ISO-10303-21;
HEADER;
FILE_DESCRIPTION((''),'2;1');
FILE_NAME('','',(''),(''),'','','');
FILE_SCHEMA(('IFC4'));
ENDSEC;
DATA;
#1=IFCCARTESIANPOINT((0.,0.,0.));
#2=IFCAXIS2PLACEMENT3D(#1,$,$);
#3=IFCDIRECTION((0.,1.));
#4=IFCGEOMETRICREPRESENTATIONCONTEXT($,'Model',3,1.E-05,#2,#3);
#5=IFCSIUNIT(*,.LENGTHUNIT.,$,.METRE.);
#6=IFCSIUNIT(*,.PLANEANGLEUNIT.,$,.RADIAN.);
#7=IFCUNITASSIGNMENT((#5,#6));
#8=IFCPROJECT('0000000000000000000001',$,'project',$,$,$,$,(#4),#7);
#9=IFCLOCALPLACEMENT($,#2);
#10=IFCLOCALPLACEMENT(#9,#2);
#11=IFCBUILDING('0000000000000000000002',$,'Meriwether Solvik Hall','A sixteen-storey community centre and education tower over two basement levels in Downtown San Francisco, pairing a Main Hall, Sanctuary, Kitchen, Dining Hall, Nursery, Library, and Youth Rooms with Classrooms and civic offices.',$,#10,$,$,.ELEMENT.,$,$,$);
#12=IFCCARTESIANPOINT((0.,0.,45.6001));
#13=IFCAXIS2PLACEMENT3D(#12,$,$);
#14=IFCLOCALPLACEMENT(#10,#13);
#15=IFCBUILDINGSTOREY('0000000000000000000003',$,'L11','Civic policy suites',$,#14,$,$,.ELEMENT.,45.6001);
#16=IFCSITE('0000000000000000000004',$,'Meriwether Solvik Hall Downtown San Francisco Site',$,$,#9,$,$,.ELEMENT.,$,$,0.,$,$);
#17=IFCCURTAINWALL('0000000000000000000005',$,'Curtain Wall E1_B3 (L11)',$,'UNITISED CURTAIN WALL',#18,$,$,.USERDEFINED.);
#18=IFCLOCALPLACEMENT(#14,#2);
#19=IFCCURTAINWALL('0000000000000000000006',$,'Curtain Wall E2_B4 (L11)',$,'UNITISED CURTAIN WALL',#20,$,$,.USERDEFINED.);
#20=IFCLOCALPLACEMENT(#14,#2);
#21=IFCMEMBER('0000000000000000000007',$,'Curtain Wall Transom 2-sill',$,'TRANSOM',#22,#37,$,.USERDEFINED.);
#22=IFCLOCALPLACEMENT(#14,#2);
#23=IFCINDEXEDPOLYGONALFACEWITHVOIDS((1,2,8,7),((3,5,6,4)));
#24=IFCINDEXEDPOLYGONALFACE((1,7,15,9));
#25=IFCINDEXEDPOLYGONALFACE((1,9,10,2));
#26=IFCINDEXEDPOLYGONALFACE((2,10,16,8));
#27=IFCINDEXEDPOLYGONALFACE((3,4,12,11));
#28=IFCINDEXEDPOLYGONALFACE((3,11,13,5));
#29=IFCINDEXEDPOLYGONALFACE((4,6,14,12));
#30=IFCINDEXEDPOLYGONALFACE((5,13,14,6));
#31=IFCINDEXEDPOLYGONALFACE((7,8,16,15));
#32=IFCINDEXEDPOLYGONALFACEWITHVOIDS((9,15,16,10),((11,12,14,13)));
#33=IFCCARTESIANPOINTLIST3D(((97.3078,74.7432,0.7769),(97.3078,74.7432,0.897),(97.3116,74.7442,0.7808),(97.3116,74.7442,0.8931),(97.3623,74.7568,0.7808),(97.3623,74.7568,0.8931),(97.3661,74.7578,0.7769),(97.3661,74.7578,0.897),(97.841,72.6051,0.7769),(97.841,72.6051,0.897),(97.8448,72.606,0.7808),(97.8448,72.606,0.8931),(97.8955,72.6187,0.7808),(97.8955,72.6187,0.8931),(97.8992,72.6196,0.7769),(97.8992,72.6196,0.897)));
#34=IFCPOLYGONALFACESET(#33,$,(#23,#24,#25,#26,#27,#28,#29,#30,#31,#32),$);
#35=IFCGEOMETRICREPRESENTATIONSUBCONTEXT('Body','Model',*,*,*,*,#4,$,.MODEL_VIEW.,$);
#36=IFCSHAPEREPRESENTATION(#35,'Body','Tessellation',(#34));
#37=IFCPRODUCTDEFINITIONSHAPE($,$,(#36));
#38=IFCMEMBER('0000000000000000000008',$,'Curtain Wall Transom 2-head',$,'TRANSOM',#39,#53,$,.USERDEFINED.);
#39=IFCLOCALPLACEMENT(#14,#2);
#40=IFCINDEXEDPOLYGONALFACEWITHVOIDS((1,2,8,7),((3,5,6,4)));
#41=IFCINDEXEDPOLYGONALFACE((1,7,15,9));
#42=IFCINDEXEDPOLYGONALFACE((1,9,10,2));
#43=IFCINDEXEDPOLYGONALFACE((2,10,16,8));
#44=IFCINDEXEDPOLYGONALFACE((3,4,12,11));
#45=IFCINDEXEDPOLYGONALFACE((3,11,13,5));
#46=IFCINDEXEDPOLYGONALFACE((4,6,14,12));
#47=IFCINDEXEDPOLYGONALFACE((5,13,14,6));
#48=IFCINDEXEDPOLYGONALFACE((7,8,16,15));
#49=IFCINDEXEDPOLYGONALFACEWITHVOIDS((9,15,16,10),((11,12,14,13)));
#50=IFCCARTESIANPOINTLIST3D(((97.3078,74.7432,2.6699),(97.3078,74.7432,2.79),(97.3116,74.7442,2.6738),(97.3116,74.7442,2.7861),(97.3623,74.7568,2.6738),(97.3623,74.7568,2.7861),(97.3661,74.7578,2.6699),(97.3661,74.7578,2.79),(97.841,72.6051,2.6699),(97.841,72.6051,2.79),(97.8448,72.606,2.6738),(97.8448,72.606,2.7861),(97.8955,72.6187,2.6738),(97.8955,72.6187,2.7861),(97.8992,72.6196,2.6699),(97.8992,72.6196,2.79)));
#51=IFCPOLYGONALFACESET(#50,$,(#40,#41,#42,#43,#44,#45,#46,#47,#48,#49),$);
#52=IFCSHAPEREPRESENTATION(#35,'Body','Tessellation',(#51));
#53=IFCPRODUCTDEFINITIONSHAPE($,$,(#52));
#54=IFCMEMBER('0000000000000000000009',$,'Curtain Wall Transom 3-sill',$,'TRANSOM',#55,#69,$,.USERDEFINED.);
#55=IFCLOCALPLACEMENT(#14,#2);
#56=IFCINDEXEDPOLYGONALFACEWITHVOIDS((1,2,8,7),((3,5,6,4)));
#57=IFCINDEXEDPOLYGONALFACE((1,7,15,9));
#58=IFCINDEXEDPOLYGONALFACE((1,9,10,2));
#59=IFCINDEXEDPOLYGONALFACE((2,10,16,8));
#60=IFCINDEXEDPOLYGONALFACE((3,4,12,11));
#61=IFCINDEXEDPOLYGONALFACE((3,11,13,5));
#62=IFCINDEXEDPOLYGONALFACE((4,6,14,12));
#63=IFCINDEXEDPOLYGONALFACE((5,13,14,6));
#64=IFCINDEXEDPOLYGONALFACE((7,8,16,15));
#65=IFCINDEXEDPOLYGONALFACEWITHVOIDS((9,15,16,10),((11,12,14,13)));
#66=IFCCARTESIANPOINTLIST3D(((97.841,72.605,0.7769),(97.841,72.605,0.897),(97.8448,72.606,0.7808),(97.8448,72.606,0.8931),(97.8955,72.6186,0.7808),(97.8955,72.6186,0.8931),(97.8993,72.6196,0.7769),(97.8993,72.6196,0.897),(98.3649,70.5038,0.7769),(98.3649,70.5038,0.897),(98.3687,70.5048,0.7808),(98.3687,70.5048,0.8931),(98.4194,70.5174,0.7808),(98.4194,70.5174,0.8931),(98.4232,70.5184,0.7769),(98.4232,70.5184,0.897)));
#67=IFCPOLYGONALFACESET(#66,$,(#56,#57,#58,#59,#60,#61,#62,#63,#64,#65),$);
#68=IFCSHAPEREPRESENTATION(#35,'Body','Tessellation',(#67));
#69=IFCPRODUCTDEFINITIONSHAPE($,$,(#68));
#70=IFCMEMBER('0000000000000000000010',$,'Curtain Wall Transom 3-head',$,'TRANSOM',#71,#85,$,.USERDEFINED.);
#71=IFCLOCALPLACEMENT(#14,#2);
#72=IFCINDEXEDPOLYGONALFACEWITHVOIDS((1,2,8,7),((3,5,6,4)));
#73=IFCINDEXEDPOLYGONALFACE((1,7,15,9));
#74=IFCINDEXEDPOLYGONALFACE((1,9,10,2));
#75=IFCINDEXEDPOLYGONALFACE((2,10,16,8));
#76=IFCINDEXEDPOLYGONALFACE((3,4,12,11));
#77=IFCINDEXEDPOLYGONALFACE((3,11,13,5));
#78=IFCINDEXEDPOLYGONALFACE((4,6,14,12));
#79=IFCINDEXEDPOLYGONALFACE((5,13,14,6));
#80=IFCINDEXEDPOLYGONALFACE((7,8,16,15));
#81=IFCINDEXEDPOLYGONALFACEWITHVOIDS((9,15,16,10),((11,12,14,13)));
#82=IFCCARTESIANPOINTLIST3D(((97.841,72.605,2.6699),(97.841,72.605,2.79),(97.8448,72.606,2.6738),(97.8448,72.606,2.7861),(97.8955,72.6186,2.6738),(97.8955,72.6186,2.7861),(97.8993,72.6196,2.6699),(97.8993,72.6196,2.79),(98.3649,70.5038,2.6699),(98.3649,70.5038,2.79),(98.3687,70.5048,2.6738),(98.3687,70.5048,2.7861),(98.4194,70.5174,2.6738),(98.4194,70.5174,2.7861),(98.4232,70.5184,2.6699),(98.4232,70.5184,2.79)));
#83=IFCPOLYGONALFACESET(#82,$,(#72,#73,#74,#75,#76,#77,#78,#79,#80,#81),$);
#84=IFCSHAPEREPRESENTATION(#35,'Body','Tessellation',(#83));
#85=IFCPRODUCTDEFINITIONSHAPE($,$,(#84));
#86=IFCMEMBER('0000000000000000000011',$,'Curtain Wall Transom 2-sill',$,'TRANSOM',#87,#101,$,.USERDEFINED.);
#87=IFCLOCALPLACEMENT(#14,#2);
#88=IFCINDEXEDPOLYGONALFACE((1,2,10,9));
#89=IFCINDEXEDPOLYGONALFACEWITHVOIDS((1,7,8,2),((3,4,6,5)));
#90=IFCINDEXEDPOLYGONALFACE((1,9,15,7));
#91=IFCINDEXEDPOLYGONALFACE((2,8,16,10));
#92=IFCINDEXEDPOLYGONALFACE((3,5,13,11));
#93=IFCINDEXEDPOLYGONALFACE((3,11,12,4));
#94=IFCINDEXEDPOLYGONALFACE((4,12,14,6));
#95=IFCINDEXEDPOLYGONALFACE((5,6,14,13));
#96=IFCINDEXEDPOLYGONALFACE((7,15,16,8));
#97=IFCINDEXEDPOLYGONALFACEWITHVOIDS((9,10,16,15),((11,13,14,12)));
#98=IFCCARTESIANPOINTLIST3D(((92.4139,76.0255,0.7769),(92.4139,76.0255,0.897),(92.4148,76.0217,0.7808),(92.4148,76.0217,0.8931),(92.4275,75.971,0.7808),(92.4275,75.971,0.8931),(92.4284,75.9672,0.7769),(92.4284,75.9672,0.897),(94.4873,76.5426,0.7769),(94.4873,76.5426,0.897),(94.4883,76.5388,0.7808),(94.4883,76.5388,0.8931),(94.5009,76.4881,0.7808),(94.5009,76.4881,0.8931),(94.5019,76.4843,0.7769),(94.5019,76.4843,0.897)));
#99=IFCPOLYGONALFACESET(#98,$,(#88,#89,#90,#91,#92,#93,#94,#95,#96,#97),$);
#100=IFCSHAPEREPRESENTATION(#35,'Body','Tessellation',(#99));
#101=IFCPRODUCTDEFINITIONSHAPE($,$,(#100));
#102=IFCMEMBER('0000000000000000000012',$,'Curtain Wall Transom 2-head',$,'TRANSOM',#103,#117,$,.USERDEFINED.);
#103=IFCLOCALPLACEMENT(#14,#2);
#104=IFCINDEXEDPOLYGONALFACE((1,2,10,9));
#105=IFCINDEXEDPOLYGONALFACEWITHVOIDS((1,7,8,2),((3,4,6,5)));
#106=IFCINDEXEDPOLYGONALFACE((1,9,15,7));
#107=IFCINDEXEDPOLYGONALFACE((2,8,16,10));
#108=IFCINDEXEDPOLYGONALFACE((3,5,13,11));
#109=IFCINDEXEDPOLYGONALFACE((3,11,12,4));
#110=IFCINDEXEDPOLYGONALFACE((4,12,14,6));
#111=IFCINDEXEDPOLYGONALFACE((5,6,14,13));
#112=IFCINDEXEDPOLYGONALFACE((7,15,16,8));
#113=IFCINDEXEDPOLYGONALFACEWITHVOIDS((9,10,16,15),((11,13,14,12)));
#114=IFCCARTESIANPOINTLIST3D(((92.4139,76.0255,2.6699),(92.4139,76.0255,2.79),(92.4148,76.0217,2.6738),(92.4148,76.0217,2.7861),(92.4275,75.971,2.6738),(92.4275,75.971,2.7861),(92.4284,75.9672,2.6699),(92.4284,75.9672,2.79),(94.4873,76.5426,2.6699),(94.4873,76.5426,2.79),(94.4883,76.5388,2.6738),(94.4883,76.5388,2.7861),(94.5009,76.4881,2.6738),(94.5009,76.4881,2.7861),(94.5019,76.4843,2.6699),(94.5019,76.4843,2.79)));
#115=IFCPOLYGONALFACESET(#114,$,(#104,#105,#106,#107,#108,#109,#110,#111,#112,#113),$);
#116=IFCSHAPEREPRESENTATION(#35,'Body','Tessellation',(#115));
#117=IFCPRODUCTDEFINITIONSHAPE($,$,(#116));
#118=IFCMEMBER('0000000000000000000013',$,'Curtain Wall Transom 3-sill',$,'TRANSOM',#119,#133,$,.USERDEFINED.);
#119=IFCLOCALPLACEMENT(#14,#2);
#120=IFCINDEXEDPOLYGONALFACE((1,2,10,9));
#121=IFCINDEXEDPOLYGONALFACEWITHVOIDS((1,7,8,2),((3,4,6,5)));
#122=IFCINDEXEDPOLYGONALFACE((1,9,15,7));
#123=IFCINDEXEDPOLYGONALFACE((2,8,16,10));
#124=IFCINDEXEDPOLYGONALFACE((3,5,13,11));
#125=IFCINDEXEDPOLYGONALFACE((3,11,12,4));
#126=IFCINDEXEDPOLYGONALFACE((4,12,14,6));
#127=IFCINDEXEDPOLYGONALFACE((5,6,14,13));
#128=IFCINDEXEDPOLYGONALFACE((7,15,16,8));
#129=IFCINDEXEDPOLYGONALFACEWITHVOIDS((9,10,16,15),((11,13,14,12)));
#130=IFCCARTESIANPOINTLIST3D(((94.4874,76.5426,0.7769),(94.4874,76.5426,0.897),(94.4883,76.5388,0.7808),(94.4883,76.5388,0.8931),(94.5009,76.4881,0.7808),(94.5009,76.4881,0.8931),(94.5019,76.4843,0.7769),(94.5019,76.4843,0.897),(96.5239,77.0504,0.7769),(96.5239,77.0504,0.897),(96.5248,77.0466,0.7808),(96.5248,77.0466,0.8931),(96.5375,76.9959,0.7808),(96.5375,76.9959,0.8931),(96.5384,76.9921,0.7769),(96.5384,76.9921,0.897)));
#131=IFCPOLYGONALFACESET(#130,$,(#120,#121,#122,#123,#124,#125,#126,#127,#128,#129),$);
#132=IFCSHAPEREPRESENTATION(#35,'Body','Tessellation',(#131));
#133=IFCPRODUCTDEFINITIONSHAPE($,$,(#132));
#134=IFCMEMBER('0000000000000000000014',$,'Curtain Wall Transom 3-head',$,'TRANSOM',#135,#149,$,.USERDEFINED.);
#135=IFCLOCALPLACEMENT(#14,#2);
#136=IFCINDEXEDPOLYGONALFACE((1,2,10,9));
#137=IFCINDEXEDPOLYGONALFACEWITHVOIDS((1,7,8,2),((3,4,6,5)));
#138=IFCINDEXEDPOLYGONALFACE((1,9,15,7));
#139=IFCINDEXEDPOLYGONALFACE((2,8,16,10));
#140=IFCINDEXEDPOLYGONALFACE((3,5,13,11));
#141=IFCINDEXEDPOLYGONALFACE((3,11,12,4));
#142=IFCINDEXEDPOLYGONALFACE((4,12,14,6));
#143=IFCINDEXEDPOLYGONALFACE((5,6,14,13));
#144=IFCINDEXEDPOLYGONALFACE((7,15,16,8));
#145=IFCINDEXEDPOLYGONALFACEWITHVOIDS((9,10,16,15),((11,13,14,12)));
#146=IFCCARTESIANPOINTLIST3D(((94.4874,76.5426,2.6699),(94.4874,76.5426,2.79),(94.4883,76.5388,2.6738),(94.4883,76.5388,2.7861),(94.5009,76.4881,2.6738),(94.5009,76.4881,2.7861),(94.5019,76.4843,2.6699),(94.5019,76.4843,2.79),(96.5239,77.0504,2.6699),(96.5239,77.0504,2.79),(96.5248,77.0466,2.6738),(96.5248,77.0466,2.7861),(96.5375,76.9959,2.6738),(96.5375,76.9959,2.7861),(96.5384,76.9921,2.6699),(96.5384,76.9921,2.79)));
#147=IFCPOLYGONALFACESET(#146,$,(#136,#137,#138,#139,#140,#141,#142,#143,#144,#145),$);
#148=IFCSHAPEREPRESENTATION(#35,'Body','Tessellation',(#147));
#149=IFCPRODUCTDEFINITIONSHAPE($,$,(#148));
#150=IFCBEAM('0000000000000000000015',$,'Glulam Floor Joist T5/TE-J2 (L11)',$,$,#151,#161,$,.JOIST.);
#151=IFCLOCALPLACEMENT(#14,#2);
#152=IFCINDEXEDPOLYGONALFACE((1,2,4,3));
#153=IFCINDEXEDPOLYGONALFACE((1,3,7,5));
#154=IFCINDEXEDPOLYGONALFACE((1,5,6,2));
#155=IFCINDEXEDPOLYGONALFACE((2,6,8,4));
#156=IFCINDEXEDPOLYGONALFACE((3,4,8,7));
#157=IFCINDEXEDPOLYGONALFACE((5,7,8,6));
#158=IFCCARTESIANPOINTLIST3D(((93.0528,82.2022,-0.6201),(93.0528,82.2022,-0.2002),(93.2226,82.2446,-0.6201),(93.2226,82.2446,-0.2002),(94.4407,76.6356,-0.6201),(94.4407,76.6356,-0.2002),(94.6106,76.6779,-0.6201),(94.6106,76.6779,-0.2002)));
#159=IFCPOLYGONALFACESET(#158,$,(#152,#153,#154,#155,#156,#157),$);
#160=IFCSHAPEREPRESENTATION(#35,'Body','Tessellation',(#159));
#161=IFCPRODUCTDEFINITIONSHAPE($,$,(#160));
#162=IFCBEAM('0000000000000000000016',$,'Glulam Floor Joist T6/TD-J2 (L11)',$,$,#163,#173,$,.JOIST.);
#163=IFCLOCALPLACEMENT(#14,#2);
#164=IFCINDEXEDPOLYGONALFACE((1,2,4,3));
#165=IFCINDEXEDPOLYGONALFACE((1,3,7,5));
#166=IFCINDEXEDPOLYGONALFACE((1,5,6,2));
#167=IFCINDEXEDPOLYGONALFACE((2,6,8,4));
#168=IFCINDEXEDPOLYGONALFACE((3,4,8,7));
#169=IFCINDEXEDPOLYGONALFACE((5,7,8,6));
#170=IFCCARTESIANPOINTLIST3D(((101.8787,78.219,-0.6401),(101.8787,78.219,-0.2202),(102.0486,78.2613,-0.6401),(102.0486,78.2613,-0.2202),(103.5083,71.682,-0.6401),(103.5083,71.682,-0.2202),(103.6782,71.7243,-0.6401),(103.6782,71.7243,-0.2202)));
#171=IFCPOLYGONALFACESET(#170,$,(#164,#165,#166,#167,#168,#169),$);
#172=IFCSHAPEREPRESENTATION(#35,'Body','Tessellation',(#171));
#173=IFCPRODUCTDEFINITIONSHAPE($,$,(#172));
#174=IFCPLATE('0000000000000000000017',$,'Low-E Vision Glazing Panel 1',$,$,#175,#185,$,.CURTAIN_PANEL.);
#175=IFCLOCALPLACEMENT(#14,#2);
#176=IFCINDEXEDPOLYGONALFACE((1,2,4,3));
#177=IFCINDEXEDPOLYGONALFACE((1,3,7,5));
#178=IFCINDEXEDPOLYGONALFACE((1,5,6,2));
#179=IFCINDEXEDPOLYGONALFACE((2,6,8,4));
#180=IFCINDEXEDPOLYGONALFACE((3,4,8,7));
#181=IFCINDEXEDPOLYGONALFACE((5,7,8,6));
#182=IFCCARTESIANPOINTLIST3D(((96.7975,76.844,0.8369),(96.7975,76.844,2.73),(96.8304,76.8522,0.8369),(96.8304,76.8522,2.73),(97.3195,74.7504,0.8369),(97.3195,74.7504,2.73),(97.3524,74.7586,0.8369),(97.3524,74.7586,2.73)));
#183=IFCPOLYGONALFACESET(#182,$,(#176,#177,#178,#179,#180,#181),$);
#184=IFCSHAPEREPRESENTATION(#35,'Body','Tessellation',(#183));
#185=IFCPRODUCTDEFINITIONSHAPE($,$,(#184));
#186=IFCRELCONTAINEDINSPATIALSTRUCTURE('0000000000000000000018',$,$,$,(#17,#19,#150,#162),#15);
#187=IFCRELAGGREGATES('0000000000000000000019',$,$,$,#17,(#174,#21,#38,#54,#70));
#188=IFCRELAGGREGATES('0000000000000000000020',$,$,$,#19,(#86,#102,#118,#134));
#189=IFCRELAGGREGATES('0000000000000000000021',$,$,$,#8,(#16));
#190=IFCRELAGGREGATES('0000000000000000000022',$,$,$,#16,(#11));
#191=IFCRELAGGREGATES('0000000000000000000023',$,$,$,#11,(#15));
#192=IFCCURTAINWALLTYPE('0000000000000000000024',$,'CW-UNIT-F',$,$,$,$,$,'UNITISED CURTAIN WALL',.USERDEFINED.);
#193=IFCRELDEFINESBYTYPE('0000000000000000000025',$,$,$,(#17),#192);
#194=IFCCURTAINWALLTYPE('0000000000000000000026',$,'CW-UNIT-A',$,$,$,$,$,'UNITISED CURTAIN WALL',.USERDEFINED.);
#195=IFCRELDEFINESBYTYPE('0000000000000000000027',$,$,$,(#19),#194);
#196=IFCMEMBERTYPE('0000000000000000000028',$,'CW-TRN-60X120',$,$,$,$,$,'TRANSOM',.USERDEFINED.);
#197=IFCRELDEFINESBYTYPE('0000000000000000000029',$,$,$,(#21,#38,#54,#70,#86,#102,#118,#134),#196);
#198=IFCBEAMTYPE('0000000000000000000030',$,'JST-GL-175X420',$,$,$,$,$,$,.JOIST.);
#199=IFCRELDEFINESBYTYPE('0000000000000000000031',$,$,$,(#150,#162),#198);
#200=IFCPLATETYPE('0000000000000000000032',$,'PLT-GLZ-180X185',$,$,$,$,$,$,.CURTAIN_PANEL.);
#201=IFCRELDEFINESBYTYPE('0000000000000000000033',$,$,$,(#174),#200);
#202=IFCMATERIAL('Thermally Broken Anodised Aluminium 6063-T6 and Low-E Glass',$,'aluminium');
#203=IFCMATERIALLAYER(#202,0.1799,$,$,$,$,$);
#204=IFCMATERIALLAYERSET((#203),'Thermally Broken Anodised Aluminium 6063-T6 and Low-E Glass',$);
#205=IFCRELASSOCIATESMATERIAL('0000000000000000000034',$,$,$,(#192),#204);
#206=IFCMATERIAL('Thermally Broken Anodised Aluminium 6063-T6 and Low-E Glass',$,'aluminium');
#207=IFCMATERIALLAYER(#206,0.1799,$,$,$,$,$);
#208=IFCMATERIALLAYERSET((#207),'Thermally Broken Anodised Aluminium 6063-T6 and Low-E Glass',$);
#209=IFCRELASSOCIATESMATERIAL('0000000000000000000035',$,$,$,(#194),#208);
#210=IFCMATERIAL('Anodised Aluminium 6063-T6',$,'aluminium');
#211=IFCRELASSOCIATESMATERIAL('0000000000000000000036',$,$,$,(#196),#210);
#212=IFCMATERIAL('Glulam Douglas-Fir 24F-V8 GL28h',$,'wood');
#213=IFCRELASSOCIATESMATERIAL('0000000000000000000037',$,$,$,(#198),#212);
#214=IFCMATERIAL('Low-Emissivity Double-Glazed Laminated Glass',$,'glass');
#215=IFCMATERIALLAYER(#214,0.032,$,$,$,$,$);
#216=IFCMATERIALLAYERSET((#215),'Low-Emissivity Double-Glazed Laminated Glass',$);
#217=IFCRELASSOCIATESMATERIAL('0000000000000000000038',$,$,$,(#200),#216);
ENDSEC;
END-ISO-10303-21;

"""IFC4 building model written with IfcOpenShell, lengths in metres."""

from ifc_helpers import new_model, si_unit, direction, frame, origin, origin_2d, place, context, subcontext, project, spatial, rectangle, hollow_rectangle, extrude, material, layer, layer_set, material_profile, profile_set, type_object, element, aggregate, save


model = new_model("IFC4")

# Units and contexts
model_context = context("Model", 3, precision=1e-05, world=origin(), true_north=direction((0.0, 1.0)))
body_context = subcontext(model_context, "Body", "Model", "MODEL_VIEW")
ifc_project = project(units=[si_unit("LENGTHUNIT", "METRE"), si_unit("PLANEANGLEUNIT", "RADIAN")], contexts=[model_context])

# Site, building, storey
site_placement = place(None, origin())
site = spatial("IfcSite", under=ifc_project, at=site_placement, Name="Meriwether Solvik Hall Downtown San Francisco Site", CompositionType="ELEMENT", RefElevation=0.0)
building_placement = place(site_placement, origin())
building = spatial("IfcBuilding", under=site, at=building_placement, Name="Meriwether Solvik Hall", Description="A sixteen-storey community centre and education tower over two basement levels in Downtown San Francisco, pairing a Main Hall, Sanctuary, Kitchen, Dining Hall, Nursery, Library, and Youth Rooms with Classrooms and civic offices.", CompositionType="ELEMENT")
storey_placement = place(building_placement, frame((0.0, 0.0, 45.6001)))
storey = spatial("IfcBuildingStorey", under=building, at=storey_placement, Name="L11", Description="Civic policy suites", CompositionType="ELEMENT", Elevation=45.6001)

# Curtain walls
ifc_material_1 = material(Name="Thermally Broken Anodised Aluminium 6063-T6 and Low-E Glass", Category="aluminium")
ifc_layer_1 = layer(ifc_material_1, 0.1799)
ifc_layer_set_1 = layer_set([ifc_layer_1], Name="Thermally Broken Anodised Aluminium 6063-T6 and Low-E Glass")
curtain_wall_type_1 = type_object("IfcCurtainWallType", Name="CW-UNIT-F", ElementType="UNITISED CURTAIN WALL", PredefinedType="USERDEFINED", material=ifc_layer_set_1)
curtain_wall_1_placement = place(storey_placement, origin())
curtain_wall_1 = element("IfcCurtainWall", 1, at=curtain_wall_1_placement, inside=storey, type_object=curtain_wall_type_1, Name="Curtain Wall E1_B3 (L11)", ObjectType="UNITISED CURTAIN WALL", PredefinedType="USERDEFINED")
ifc_material_2 = material(Name="Thermally Broken Anodised Aluminium 6063-T6 and Low-E Glass", Category="aluminium")
ifc_layer_2 = layer(ifc_material_2, 0.1799)
ifc_layer_set_2 = layer_set([ifc_layer_2], Name="Thermally Broken Anodised Aluminium 6063-T6 and Low-E Glass")
curtain_wall_type_2 = type_object("IfcCurtainWallType", Name="CW-UNIT-A", ElementType="UNITISED CURTAIN WALL", PredefinedType="USERDEFINED", material=ifc_layer_set_2)
curtain_wall_2_placement = place(storey_placement, origin())
curtain_wall_2 = element("IfcCurtainWall", 2, at=curtain_wall_2_placement, inside=storey, type_object=curtain_wall_type_2, Name="Curtain Wall E2_B4 (L11)", ObjectType="UNITISED CURTAIN WALL", PredefinedType="USERDEFINED")

# Members
ifc_material_3 = material(Name="Anodised Aluminium 6063-T6", Category="aluminium")
ifc_material_profile_1 = material_profile(ifc_material_3, hollow_rectangle(XDim=0.0601, YDim=0.1201, WallThickness=0.0039, at=origin_2d()), Name="CWT-60X120")
ifc_profile_set_1 = profile_set([ifc_material_profile_1], Name="Anodised Aluminium 6063-T6")
member_type_1 = type_object("IfcMemberType", Name="CW-TRN-60X120", ElementType="TRANSOM", PredefinedType="USERDEFINED", material=ifc_profile_set_1)
member_1_placement = place(storey_placement, frame((97.3369, 74.7505, 0.8369), z_axis=(0.241962, -0.970286, 0.0), x_axis=(0.970286, 0.241962, 0.0)))
member_1 = element("IfcMember", 3, at=member_1_placement, type_object=member_type_1, Name="Curtain Wall Transom 2-sill", ObjectType="TRANSOM", PredefinedType="USERDEFINED", context=body_context, shape_type="SweptSolid", body=[
    extrude(hollow_rectangle(XDim=0.0601, YDim=0.1201, WallThickness=0.0039, at=origin_2d()), origin(), (0.0, 0.0, 1.0), 2.2036),
])
member_2_placement = place(storey_placement, frame((97.3369, 74.7505, 2.73), z_axis=(0.241962, -0.970286, 0.0), x_axis=(0.970286, 0.241962, 0.0)))
member_2 = element("IfcMember", 4, at=member_2_placement, type_object=member_type_1, Name="Curtain Wall Transom 2-head", ObjectType="TRANSOM", PredefinedType="USERDEFINED", context=body_context, shape_type="SweptSolid", body=[
    extrude(hollow_rectangle(XDim=0.0601, YDim=0.1201, WallThickness=0.0039, at=origin_2d()), origin(), (0.0, 0.0, 1.0), 2.2036),
])
member_3_placement = place(storey_placement, frame((97.8701, 72.6123, 0.8369), z_axis=(0.241925, -0.970295, 0.0), x_axis=(0.970295, 0.241925, 0.0)))
member_3 = element("IfcMember", 5, at=member_3_placement, type_object=member_type_1, Name="Curtain Wall Transom 3-sill", ObjectType="TRANSOM", PredefinedType="USERDEFINED", context=body_context, shape_type="SweptSolid", body=[
    extrude(hollow_rectangle(XDim=0.0601, YDim=0.1201, WallThickness=0.0039, at=origin_2d()), origin(), (0.0, 0.0, 1.0), 2.1655),
])
member_4_placement = place(storey_placement, frame((97.8701, 72.6123, 2.73), z_axis=(0.241925, -0.970295, 0.0), x_axis=(0.970295, 0.241925, 0.0)))
member_4 = element("IfcMember", 6, at=member_4_placement, type_object=member_type_1, Name="Curtain Wall Transom 3-head", ObjectType="TRANSOM", PredefinedType="USERDEFINED", context=body_context, shape_type="SweptSolid", body=[
    extrude(hollow_rectangle(XDim=0.0601, YDim=0.1201, WallThickness=0.0039, at=origin_2d()), origin(), (0.0, 0.0, 1.0), 2.1655),
])
member_5_placement = place(storey_placement, frame((92.4211, 75.9963, 0.8369), z_axis=(0.970283, 0.241971, 0.0), x_axis=(-0.241971, 0.970283, 0.0)))
member_5 = element("IfcMember", 7, at=member_5_placement, type_object=member_type_1, Name="Curtain Wall Transom 2-sill", ObjectType="TRANSOM", PredefinedType="USERDEFINED", context=body_context, shape_type="SweptSolid", body=[
    extrude(hollow_rectangle(XDim=0.0601, YDim=0.1201, WallThickness=0.0039, at=origin_2d()), origin(), (0.0, 0.0, 1.0), 2.137),
])
member_6_placement = place(storey_placement, frame((92.4211, 75.9963, 2.73), z_axis=(0.970283, 0.241971, 0.0), x_axis=(-0.241971, 0.970283, 0.0)))
member_6 = element("IfcMember", 8, at=member_6_placement, type_object=member_type_1, Name="Curtain Wall Transom 2-head", ObjectType="TRANSOM", PredefinedType="USERDEFINED", context=body_context, shape_type="SweptSolid", body=[
    extrude(hollow_rectangle(XDim=0.0601, YDim=0.1201, WallThickness=0.0039, at=origin_2d()), origin(), (0.0, 0.0, 1.0), 2.137),
])
member_7_placement = place(storey_placement, frame((94.4946, 76.5134, 0.8369), z_axis=(0.970293, 0.241933, 0.0), x_axis=(-0.241933, 0.970293, 0.0)))
member_7 = element("IfcMember", 9, at=member_7_placement, type_object=member_type_1, Name="Curtain Wall Transom 3-sill", ObjectType="TRANSOM", PredefinedType="USERDEFINED", context=body_context, shape_type="SweptSolid", body=[
    extrude(hollow_rectangle(XDim=0.0601, YDim=0.1201, WallThickness=0.0039, at=origin_2d()), origin(), (0.0, 0.0, 1.0), 2.0989),
])
member_8_placement = place(storey_placement, frame((94.4946, 76.5134, 2.73), z_axis=(0.970293, 0.241933, 0.0), x_axis=(-0.241933, 0.970293, 0.0)))
member_8 = element("IfcMember", 10, at=member_8_placement, type_object=member_type_1, Name="Curtain Wall Transom 3-head", ObjectType="TRANSOM", PredefinedType="USERDEFINED", context=body_context, shape_type="SweptSolid", body=[
    extrude(hollow_rectangle(XDim=0.0601, YDim=0.1201, WallThickness=0.0039, at=origin_2d()), origin(), (0.0, 0.0, 1.0), 2.0989),
])

# Beams
ifc_material_4 = material(Name="Glulam Douglas-Fir 24F-V8 GL28h", Category="wood")
ifc_material_profile_2 = material_profile(ifc_material_4, rectangle(XDim=0.175, YDim=0.4199, at=origin_2d()), Name="GLJ-175X420")
ifc_profile_set_2 = profile_set([ifc_material_profile_2], Name="Glulam Douglas-Fir 24F-V8 GL28h")
beam_type_1 = type_object("IfcBeamType", Name="JST-GL-175X420", PredefinedType="JOIST", material=ifc_profile_set_2)
beam_1_placement = place(storey_placement, frame((94.5256, 76.6567, -0.4102), z_axis=(-0.241925, 0.970295, 0.0), x_axis=(-0.970295, -0.241925, 0.0)))
element("IfcBeam", 11, at=beam_1_placement, inside=storey, type_object=beam_type_1, Name="Glulam Floor Joist T5/TE-J2 (L11)", PredefinedType="JOIST", context=body_context, shape_type="SweptSolid", body=[
    extrude(rectangle(XDim=0.175, YDim=0.4199, at=origin_2d()), origin(), (0.0, 0.0, 1.0), 5.7371),
])
beam_2_placement = place(storey_placement, frame((103.5933, 71.7031, -0.4302), z_axis=(-0.241888, 0.970304, 0.0), x_axis=(-0.970304, -0.241888, 0.0)))
element("IfcBeam", 12, at=beam_2_placement, inside=storey, type_object=beam_type_1, Name="Glulam Floor Joist T6/TD-J2 (L11)", PredefinedType="JOIST", context=body_context, shape_type="SweptSolid", body=[
    extrude(rectangle(XDim=0.175, YDim=0.4199, at=origin_2d()), origin(), (0.0, 0.0, 1.0), 6.7371),
])

# Plate
ifc_material_5 = material(Name="Low-Emissivity Double-Glazed Laminated Glass", Category="glass")
ifc_layer_3 = layer(ifc_material_5, 0.032)
ifc_layer_set_3 = layer_set([ifc_layer_3], Name="Low-Emissivity Double-Glazed Laminated Glass")
plate_type_1 = type_object("IfcPlateType", Name="PLT-GLZ-180X185", PredefinedType="CURTAIN_PANEL", material=ifc_layer_set_3)
plate_1_placement = place(storey_placement, frame((97.075, 75.8013, 0.8369), z_axis=(0.0, 0.0, 1.0), x_axis=(0.241922, -0.970296, 0.0)))
plate_1 = element("IfcPlate", 13, at=plate_1_placement, type_object=plate_type_1, Name="Low-E Vision Glazing Panel 1", PredefinedType="CURTAIN_PANEL", context=body_context, shape_type="SweptSolid", body=[
    extrude(rectangle(XDim=2.1577, YDim=0.0339, at=origin_2d()), origin(), (0.0, 0.0, 1.0), 1.8931),
])
aggregate(curtain_wall_1, [plate_1, member_1, member_2, member_3, member_4])
aggregate(curtain_wall_2, [member_5, member_6, member_7, member_8])

save(model, "model.ifc")
